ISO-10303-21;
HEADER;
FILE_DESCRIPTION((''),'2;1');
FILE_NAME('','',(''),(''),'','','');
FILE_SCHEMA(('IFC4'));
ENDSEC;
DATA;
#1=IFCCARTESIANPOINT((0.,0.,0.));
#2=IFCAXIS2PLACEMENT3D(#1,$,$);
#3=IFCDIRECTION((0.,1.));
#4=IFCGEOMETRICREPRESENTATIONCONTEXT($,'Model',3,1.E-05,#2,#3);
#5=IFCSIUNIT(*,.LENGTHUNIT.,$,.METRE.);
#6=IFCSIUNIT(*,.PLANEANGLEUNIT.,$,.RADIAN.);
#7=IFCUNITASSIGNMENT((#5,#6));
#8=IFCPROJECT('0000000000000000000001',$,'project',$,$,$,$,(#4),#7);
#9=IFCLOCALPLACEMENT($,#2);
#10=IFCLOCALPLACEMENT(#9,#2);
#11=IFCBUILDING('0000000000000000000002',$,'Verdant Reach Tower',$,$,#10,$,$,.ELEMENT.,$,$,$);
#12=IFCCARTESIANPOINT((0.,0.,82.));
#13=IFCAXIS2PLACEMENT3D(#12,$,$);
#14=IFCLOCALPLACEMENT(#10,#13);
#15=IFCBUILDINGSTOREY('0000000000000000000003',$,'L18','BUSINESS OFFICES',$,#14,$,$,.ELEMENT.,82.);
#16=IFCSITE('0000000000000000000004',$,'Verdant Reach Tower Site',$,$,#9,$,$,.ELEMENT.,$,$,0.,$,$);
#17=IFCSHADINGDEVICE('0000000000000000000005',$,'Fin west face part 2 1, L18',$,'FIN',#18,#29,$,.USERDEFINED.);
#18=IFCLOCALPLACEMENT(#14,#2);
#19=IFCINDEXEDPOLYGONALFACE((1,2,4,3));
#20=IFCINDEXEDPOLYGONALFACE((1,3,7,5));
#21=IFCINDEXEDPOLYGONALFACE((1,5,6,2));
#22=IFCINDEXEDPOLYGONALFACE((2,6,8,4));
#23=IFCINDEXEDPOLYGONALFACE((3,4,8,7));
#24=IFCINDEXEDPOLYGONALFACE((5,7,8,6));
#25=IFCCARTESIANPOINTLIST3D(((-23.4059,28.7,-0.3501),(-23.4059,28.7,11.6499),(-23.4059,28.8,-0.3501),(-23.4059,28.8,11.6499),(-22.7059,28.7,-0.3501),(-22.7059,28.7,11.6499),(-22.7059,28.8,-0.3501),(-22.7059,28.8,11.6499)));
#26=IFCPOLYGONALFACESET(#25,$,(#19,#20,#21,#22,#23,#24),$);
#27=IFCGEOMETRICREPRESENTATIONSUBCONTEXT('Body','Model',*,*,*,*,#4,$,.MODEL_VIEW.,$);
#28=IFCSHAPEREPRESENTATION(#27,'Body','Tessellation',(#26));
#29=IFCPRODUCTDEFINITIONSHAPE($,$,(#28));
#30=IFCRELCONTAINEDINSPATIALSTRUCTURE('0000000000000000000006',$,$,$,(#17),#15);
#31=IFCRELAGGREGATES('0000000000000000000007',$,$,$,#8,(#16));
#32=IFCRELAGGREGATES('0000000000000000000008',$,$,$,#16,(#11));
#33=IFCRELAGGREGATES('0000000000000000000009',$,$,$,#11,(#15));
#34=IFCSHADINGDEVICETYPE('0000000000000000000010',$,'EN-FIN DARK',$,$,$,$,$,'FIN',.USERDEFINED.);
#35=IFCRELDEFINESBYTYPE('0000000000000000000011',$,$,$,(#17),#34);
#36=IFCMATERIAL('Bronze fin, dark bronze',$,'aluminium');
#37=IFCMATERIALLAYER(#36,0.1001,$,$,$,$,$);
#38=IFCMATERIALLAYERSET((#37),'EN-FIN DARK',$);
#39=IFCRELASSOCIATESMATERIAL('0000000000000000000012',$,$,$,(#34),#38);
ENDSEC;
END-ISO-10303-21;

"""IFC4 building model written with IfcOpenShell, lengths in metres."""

from ifc_helpers import new_model, si_unit, direction, frame, origin, origin_2d, place, context, subcontext, project, spatial, rectangle, extrude, material, layer, layer_set, type_object, element, save


model = new_model("IFC4")

# Units and contexts
model_context = context("Model", 3, precision=1e-05, world=origin(), true_north=direction((0.0, 1.0)))
body_context = subcontext(model_context, "Body", "Model", "MODEL_VIEW")
ifc_project = project(units=[si_unit("LENGTHUNIT", "METRE"), si_unit("PLANEANGLEUNIT", "RADIAN")], contexts=[model_context])

# Site, building, storey
site_placement = place(None, origin())
site = spatial("IfcSite", under=ifc_project, at=site_placement, Name="Verdant Reach Tower Site", CompositionType="ELEMENT", RefElevation=0.0)
building_placement = place(site_placement, origin())
building = spatial("IfcBuilding", under=site, at=building_placement, Name="Verdant Reach Tower", CompositionType="ELEMENT")
storey_placement = place(building_placement, frame((0.0, 0.0, 82.0)))
storey = spatial("IfcBuildingStorey", under=building, at=storey_placement, Name="L18", Description="BUSINESS OFFICES", CompositionType="ELEMENT", Elevation=82.0)

# Shading device
ifc_material_1 = material(Name="Bronze fin, dark bronze", Category="aluminium")
ifc_layer_1 = layer(ifc_material_1, 0.1001)
ifc_layer_set_1 = layer_set([ifc_layer_1], Name="EN-FIN DARK")
shading_device_type_1 = type_object("IfcShadingDeviceType", Name="EN-FIN DARK", ElementType="FIN", PredefinedType="USERDEFINED", material=ifc_layer_set_1)
shading_device_1_placement = place(storey_placement, frame((-23.0559, 28.75, -0.3501), z_axis=(0.0, 0.0, 1.0), x_axis=(0.0, -1.0, 0.0)))
element("IfcShadingDevice", 1, at=shading_device_1_placement, inside=storey, type_object=shading_device_type_1, Name="Fin west face part 2 1, L18", ObjectType="FIN", PredefinedType="USERDEFINED", context=body_context, shape_type="SweptSolid", body=[
    extrude(rectangle(XDim=0.1001, YDim=0.7, at=origin_2d()), origin(), (0.0, 0.0, 1.0), 12.0),
])

save(model, "model.ifc")
